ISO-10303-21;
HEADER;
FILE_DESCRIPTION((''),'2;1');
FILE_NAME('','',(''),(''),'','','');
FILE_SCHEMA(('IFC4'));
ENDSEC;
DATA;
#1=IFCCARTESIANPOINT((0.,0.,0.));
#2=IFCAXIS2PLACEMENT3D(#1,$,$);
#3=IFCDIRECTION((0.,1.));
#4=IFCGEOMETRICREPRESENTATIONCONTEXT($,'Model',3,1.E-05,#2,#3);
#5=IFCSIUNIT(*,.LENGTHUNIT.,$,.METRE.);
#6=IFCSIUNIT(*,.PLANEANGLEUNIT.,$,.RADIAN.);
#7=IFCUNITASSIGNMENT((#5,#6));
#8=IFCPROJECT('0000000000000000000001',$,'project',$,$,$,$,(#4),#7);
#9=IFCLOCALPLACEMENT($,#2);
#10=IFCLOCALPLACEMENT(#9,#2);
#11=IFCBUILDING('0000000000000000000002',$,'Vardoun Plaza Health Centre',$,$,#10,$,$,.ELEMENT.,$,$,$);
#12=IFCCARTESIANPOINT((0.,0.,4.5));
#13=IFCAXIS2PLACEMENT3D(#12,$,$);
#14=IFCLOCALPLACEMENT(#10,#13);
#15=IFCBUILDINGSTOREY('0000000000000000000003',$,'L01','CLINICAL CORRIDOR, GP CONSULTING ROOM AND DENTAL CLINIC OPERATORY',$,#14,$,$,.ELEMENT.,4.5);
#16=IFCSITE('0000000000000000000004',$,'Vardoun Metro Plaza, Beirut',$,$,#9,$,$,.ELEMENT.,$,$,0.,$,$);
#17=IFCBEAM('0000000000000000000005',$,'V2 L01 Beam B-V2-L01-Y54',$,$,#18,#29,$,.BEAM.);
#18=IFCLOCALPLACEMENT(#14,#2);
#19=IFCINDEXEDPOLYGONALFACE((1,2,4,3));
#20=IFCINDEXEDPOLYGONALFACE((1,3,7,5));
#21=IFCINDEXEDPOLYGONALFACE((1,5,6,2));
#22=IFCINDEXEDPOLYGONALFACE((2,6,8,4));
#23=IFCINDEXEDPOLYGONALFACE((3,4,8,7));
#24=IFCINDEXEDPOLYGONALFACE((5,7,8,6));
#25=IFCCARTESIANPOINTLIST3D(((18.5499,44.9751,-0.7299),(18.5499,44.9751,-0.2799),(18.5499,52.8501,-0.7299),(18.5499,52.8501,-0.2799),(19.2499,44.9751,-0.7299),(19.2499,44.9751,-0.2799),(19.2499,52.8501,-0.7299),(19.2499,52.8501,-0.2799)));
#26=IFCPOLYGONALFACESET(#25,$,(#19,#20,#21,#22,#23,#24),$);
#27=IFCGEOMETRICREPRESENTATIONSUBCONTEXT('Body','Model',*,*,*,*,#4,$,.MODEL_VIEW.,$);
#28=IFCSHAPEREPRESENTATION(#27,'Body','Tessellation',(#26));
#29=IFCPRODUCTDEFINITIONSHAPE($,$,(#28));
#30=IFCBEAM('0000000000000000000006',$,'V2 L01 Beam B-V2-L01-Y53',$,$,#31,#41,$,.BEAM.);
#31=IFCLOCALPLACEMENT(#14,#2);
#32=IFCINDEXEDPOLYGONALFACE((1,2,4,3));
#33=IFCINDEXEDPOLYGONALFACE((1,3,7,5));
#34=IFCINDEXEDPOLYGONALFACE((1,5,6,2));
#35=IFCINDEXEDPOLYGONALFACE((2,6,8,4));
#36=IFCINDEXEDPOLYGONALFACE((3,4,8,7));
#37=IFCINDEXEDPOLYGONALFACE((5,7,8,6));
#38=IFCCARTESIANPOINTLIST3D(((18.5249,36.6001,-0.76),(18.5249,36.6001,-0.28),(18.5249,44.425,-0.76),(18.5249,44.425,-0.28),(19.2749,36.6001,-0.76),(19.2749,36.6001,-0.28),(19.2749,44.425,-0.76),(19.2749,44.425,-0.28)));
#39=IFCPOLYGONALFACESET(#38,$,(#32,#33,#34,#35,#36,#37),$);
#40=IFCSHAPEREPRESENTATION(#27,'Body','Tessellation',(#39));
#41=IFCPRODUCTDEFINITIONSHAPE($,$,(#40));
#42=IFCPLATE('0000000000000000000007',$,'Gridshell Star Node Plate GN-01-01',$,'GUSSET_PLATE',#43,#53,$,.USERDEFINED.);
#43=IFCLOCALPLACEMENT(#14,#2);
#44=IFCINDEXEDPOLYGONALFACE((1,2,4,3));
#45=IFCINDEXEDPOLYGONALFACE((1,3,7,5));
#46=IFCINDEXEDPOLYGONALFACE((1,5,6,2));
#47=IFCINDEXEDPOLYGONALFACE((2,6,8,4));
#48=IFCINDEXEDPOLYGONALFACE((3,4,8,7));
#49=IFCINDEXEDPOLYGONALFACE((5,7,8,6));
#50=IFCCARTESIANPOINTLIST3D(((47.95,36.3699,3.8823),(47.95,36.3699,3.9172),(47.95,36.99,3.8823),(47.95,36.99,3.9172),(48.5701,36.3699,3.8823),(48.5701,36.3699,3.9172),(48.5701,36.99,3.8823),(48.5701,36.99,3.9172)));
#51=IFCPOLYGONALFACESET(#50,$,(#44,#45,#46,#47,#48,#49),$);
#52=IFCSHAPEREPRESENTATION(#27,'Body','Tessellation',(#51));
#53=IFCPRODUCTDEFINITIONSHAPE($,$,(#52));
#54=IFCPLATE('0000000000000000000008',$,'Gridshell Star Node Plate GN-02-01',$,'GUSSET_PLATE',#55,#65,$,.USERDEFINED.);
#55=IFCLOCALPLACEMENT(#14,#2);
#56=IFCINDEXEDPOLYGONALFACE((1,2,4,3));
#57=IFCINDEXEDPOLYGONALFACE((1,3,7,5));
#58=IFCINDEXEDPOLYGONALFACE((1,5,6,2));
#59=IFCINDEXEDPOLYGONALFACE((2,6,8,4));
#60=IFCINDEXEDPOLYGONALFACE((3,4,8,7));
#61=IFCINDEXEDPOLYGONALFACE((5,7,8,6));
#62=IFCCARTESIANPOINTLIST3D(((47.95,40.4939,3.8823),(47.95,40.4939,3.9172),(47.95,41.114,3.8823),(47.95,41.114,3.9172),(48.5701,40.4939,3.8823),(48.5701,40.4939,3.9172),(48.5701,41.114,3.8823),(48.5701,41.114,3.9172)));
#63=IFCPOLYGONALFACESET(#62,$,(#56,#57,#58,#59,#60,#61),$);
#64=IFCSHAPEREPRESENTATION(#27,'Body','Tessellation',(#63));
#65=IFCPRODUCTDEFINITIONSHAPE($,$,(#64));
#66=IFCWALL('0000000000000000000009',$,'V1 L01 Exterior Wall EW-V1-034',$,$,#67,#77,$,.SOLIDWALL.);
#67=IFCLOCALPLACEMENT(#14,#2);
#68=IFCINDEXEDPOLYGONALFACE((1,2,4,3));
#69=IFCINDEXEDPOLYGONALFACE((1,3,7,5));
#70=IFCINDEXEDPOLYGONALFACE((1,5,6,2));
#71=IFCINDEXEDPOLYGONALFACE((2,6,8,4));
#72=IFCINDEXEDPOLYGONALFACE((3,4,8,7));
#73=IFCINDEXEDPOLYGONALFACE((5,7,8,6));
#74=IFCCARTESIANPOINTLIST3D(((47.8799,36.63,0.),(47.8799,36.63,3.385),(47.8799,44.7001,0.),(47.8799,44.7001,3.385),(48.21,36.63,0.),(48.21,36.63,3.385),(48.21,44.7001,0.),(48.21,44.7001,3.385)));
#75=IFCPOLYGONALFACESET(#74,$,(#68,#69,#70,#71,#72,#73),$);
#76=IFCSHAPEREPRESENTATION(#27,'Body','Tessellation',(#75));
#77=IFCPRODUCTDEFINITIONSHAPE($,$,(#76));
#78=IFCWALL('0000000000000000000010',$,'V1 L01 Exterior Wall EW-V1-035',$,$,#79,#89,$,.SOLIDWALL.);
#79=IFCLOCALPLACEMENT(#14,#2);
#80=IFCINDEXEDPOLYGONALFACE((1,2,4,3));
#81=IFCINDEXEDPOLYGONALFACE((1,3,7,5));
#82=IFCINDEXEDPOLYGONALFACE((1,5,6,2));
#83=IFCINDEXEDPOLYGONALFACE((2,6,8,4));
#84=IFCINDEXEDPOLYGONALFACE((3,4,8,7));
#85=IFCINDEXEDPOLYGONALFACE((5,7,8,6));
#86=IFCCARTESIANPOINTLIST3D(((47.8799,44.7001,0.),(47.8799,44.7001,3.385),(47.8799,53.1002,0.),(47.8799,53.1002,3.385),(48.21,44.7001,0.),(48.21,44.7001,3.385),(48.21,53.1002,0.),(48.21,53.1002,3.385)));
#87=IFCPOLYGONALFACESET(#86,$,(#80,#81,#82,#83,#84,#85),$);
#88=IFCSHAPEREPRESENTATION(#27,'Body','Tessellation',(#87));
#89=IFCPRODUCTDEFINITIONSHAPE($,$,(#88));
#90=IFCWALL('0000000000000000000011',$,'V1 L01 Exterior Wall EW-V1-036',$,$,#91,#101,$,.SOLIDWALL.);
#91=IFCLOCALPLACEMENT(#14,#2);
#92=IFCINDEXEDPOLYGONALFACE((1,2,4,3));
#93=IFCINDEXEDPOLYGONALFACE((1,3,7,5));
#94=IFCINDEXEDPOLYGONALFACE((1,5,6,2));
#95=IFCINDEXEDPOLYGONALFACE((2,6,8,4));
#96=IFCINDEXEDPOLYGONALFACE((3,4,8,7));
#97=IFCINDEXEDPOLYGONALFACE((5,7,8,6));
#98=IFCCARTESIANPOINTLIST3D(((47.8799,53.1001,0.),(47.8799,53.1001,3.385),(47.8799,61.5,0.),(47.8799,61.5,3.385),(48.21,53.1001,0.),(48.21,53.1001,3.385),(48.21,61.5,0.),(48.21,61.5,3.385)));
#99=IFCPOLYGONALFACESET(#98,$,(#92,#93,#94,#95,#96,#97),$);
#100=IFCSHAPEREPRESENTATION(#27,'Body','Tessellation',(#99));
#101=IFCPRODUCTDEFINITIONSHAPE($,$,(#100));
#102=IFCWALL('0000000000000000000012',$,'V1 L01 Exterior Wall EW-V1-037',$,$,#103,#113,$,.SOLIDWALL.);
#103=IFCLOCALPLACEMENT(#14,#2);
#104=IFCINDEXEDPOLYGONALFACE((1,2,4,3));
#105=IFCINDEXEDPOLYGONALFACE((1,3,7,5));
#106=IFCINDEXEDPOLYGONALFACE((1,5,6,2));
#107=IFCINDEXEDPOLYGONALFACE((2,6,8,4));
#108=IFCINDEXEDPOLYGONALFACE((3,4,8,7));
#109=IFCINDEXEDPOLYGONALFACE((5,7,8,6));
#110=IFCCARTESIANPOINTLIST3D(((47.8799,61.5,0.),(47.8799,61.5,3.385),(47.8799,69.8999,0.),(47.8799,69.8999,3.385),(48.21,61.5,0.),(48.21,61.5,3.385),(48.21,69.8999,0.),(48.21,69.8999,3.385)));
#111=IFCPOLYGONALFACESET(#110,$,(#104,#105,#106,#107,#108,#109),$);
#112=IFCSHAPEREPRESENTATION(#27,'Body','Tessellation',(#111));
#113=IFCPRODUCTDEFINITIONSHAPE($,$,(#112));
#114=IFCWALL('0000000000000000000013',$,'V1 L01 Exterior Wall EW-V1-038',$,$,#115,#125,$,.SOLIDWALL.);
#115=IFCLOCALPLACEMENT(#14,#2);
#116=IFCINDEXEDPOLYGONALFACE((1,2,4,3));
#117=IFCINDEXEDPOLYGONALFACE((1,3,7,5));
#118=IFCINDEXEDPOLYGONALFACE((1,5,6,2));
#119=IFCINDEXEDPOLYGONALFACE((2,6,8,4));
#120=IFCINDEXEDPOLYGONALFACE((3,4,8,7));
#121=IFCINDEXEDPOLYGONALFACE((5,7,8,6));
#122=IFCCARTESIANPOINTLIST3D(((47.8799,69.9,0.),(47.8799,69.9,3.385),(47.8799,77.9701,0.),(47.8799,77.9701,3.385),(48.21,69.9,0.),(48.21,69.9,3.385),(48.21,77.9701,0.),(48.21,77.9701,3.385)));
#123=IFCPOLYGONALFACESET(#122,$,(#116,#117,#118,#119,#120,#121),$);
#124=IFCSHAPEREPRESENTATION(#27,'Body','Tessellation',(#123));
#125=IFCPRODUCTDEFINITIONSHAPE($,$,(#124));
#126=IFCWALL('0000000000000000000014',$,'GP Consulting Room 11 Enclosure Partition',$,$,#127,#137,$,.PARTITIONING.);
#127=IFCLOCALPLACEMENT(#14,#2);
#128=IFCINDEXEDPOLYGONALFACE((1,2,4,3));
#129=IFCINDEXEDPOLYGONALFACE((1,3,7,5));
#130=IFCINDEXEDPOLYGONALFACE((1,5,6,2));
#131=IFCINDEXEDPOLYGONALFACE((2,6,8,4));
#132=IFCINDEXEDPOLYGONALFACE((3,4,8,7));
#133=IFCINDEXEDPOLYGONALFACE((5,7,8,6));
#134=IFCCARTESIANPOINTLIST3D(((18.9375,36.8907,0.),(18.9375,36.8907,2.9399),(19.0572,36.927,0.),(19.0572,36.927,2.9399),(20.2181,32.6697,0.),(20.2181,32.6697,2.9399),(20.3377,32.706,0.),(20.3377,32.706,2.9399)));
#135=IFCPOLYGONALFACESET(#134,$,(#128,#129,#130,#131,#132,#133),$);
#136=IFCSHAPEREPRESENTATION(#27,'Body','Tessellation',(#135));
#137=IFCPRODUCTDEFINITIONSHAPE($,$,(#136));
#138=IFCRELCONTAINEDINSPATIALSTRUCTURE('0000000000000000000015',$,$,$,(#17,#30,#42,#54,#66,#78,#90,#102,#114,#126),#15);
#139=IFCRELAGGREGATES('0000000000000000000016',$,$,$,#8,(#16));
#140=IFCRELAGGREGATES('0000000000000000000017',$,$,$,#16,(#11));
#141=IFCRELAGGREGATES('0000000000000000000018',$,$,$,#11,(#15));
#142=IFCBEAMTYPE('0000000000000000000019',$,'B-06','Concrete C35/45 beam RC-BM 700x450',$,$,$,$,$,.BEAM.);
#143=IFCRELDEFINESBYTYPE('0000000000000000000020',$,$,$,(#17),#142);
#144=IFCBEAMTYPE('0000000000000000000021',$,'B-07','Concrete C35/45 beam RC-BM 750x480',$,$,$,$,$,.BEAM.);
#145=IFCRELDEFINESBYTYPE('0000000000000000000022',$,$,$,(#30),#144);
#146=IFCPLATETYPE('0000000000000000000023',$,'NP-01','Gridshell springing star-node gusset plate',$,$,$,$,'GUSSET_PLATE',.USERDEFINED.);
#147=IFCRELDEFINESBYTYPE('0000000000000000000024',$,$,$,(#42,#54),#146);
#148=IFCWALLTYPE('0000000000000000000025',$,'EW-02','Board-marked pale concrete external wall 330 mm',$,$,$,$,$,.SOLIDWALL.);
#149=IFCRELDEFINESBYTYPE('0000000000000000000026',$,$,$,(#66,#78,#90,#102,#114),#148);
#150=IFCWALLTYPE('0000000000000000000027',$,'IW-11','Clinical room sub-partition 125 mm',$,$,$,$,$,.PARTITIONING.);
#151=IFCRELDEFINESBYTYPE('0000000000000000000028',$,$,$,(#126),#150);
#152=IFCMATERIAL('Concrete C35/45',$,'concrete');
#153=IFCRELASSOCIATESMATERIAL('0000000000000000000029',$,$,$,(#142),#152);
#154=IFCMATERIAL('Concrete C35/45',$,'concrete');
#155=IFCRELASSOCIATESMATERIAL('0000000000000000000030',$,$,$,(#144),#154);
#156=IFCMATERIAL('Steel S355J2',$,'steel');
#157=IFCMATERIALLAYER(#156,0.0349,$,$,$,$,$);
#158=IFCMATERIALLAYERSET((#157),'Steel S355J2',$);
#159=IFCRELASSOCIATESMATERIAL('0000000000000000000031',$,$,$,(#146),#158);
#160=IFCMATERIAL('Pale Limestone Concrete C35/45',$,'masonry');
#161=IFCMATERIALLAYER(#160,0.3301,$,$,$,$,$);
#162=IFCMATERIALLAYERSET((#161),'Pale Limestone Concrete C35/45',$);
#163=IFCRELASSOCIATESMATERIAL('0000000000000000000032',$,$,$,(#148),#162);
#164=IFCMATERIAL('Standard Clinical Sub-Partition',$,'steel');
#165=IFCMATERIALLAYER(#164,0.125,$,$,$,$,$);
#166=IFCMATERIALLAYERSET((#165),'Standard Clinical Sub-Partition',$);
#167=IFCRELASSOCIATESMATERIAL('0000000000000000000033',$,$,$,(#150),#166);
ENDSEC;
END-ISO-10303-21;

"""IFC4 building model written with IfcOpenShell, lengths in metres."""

from ifc_helpers import new_model, si_unit, direction, frame, frame_2d, origin, origin_2d, place, context, subcontext, project, spatial, rectangle, extrude, material, layer, layer_set, material_profile, profile_set, type_object, element, save


model = new_model("IFC4")

# Units and contexts
model_context = context("Model", 3, precision=1e-05, world=origin(), true_north=direction((0.0, 1.0)))
body_context = subcontext(model_context, "Body", "Model", "MODEL_VIEW")
ifc_project = project(units=[si_unit("LENGTHUNIT", "METRE"), si_unit("PLANEANGLEUNIT", "RADIAN")], contexts=[model_context])

# Site, building, storey
site_placement = place(None, origin())
site = spatial("IfcSite", under=ifc_project, at=site_placement, Name="Vardoun Metro Plaza, Beirut", CompositionType="ELEMENT", RefElevation=0.0)
building_placement = place(site_placement, origin())
building = spatial("IfcBuilding", under=site, at=building_placement, Name="Vardoun Plaza Health Centre", CompositionType="ELEMENT")
storey_placement = place(building_placement, frame((0.0, 0.0, 4.5)))
storey = spatial("IfcBuildingStorey", under=building, at=storey_placement, Name="L01", Description="CLINICAL CORRIDOR, GP CONSULTING ROOM AND DENTAL CLINIC OPERATORY", CompositionType="ELEMENT", Elevation=4.5)

# Beams
ifc_material_1 = material(Name="Concrete C35/45", Category="concrete")
ifc_material_profile_1 = material_profile(ifc_material_1, rectangle(XDim=0.7, YDim=0.45, at=origin_2d()), Name="RC-BM 700x450")
ifc_profile_set_1 = profile_set([ifc_material_profile_1], Name="Concrete C35/45")
beam_type_1 = type_object("IfcBeamType", Name="B-06", Description="Concrete C35/45 beam RC-BM 700x450", PredefinedType="BEAM", material=ifc_profile_set_1)
beam_1_placement = place(storey_placement, frame((18.8999, 44.9751, -0.5049), z_axis=(0.0, 1.0, 0.0), x_axis=(-1.0, 0.0, 0.0)))
element("IfcBeam", 1, at=beam_1_placement, inside=storey, type_object=beam_type_1, Name="V2 L01 Beam B-V2-L01-Y54", PredefinedType="BEAM", context=body_context, shape_type="SweptSolid", body=[
    extrude(rectangle(XDim=0.7, YDim=0.45, at=origin_2d()), origin(), (0.0, 0.0, 1.0), 7.875),
])
ifc_material_2 = material(Name="Concrete C35/45", Category="concrete")
ifc_material_profile_2 = material_profile(ifc_material_2, rectangle(XDim=0.75, YDim=0.48, at=origin_2d()), Name="RC-BM 750x480")
ifc_profile_set_2 = profile_set([ifc_material_profile_2], Name="Concrete C35/45")
beam_type_2 = type_object("IfcBeamType", Name="B-07", Description="Concrete C35/45 beam RC-BM 750x480", PredefinedType="BEAM", material=ifc_profile_set_2)
beam_2_placement = place(storey_placement, frame((18.8999, 36.6001, -0.52), z_axis=(0.0, 1.0, 0.0), x_axis=(-1.0, 0.0, 0.0)))
element("IfcBeam", 2, at=beam_2_placement, inside=storey, type_object=beam_type_2, Name="V2 L01 Beam B-V2-L01-Y53", PredefinedType="BEAM", context=body_context, shape_type="SweptSolid", body=[
    extrude(rectangle(XDim=0.75, YDim=0.48, at=origin_2d()), origin(), (0.0, 0.0, 1.0), 7.825),
])

# Plates
ifc_material_3 = material(Name="Steel S355J2", Category="steel")
ifc_layer_1 = layer(ifc_material_3, 0.0349)
ifc_layer_set_1 = layer_set([ifc_layer_1], Name="Steel S355J2")
plate_type = type_object("IfcPlateType", Name="NP-01", Description="Gridshell springing star-node gusset plate", ElementType="GUSSET_PLATE", PredefinedType="USERDEFINED", material=ifc_layer_set_1)
for number, where, z_axis, x_axis, name in (
    (3, (48.26, 36.6799, 3.8823), (0.0, 0.0, 1.0), (1.0, 0.0, 0.0), "Gridshell Star Node Plate GN-01-01"),
    (4, (48.26, 40.804, 3.8823), (0.0, 0.0, 1.0), (1.0, 0.0, 0.0), "Gridshell Star Node Plate GN-02-01"),
):
    element("IfcPlate", number, at=place(storey_placement, frame(where, z_axis=z_axis, x_axis=x_axis)), inside=storey, type_object=plate_type, Name=name, ObjectType="GUSSET_PLATE", PredefinedType="USERDEFINED", context=body_context, shape_type="SweptSolid", body=[
        extrude(rectangle(XDim=0.6201, YDim=0.6201, at=origin_2d()), origin(), (0.0, 0.0, 1.0), 0.0349),
    ])

# Walls
ifc_material_4 = material(Name="Pale Limestone Concrete C35/45", Category="masonry")
ifc_layer_2 = layer(ifc_material_4, 0.3301)
ifc_layer_set_2 = layer_set([ifc_layer_2], Name="Pale Limestone Concrete C35/45")
wall_type_1 = type_object("IfcWallType", Name="EW-02", Description="Board-marked pale concrete external wall 330 mm", PredefinedType="SOLIDWALL", material=ifc_layer_set_2)
wall_1_placement = place(storey_placement, frame((48.0449, 36.6299, 0.0), z_axis=(0.0, 0.0, 1.0), x_axis=(0.0, 1.0, 0.0)))
element("IfcWall", 5, at=wall_1_placement, inside=storey, type_object=wall_type_1, Name="V1 L01 Exterior Wall EW-V1-034", PredefinedType="SOLIDWALL", context=body_context, shape_type="SweptSolid", body=[
    extrude(rectangle(XDim=8.0701, YDim=0.3301, at=frame_2d((4.0352, 0.0))), origin(), (0.0, 0.0, 1.0), 3.385),
])
wall_2_placement = place(storey_placement, frame((48.0449, 44.7, 0.0), z_axis=(0.0, 0.0, 1.0), x_axis=(0.0, 1.0, 0.0)))
element("IfcWall", 6, at=wall_2_placement, inside=storey, type_object=wall_type_1, Name="V1 L01 Exterior Wall EW-V1-035", PredefinedType="SOLIDWALL", context=body_context, shape_type="SweptSolid", body=[
    extrude(rectangle(XDim=8.4001, YDim=0.3301, at=frame_2d((4.2002, 0.0))), origin(), (0.0, 0.0, 1.0), 3.385),
])
for number, where, z_axis, x_axis, name in (
    (7, (48.0449, 53.1001, 0.0), (0.0, 0.0, 1.0), (0.0, 1.0, 0.0), "V1 L01 Exterior Wall EW-V1-036"),
    (8, (48.0449, 61.5, 0.0), (0.0, 0.0, 1.0), (0.0, 1.0, 0.0), "V1 L01 Exterior Wall EW-V1-037"),
):
    element("IfcWall", number, at=place(storey_placement, frame(where, z_axis=z_axis, x_axis=x_axis)), inside=storey, type_object=wall_type_1, Name=name, PredefinedType="SOLIDWALL", context=body_context, shape_type="SweptSolid", body=[
        extrude(rectangle(XDim=8.3999, YDim=0.3301, at=frame_2d((4.2, 0.0))), origin(), (0.0, 0.0, 1.0), 3.385),
    ])
wall_3_placement = place(storey_placement, frame((48.0449, 69.8999, 0.0), z_axis=(0.0, 0.0, 1.0), x_axis=(0.0, 1.0, 0.0)))
element("IfcWall", 9, at=wall_3_placement, inside=storey, type_object=wall_type_1, Name="V1 L01 Exterior Wall EW-V1-038", PredefinedType="SOLIDWALL", context=body_context, shape_type="SweptSolid", body=[
    extrude(rectangle(XDim=8.0701, YDim=0.3301, at=frame_2d((4.0352, 0.0))), origin(), (0.0, 0.0, 1.0), 3.385),
])
ifc_material_5 = material(Name="Standard Clinical Sub-Partition", Category="steel")
ifc_layer_3 = layer(ifc_material_5, 0.125)
ifc_layer_set_3 = layer_set([ifc_layer_3], Name="Standard Clinical Sub-Partition")
wall_type_2 = type_object("IfcWallType", Name="IW-11", Description="Clinical room sub-partition 125 mm", PredefinedType="PARTITIONING", material=ifc_layer_set_3)
wall_4_placement = place(storey_placement, frame((18.9973, 36.9089, 0.0), z_axis=(0.0, 0.0, 1.0), x_axis=(0.290307, -0.956934, 0.0)))
element("IfcWall", 10, at=wall_4_placement, inside=storey, type_object=wall_type_2, Name="GP Consulting Room 11 Enclosure Partition", PredefinedType="PARTITIONING", context=body_context, shape_type="SweptSolid", body=[
    extrude(rectangle(XDim=4.4109, YDim=0.125, at=frame_2d((2.2056, 0.0))), origin(), (0.0, 0.0, 1.0), 2.9399),
])

save(model, "model.ifc")
